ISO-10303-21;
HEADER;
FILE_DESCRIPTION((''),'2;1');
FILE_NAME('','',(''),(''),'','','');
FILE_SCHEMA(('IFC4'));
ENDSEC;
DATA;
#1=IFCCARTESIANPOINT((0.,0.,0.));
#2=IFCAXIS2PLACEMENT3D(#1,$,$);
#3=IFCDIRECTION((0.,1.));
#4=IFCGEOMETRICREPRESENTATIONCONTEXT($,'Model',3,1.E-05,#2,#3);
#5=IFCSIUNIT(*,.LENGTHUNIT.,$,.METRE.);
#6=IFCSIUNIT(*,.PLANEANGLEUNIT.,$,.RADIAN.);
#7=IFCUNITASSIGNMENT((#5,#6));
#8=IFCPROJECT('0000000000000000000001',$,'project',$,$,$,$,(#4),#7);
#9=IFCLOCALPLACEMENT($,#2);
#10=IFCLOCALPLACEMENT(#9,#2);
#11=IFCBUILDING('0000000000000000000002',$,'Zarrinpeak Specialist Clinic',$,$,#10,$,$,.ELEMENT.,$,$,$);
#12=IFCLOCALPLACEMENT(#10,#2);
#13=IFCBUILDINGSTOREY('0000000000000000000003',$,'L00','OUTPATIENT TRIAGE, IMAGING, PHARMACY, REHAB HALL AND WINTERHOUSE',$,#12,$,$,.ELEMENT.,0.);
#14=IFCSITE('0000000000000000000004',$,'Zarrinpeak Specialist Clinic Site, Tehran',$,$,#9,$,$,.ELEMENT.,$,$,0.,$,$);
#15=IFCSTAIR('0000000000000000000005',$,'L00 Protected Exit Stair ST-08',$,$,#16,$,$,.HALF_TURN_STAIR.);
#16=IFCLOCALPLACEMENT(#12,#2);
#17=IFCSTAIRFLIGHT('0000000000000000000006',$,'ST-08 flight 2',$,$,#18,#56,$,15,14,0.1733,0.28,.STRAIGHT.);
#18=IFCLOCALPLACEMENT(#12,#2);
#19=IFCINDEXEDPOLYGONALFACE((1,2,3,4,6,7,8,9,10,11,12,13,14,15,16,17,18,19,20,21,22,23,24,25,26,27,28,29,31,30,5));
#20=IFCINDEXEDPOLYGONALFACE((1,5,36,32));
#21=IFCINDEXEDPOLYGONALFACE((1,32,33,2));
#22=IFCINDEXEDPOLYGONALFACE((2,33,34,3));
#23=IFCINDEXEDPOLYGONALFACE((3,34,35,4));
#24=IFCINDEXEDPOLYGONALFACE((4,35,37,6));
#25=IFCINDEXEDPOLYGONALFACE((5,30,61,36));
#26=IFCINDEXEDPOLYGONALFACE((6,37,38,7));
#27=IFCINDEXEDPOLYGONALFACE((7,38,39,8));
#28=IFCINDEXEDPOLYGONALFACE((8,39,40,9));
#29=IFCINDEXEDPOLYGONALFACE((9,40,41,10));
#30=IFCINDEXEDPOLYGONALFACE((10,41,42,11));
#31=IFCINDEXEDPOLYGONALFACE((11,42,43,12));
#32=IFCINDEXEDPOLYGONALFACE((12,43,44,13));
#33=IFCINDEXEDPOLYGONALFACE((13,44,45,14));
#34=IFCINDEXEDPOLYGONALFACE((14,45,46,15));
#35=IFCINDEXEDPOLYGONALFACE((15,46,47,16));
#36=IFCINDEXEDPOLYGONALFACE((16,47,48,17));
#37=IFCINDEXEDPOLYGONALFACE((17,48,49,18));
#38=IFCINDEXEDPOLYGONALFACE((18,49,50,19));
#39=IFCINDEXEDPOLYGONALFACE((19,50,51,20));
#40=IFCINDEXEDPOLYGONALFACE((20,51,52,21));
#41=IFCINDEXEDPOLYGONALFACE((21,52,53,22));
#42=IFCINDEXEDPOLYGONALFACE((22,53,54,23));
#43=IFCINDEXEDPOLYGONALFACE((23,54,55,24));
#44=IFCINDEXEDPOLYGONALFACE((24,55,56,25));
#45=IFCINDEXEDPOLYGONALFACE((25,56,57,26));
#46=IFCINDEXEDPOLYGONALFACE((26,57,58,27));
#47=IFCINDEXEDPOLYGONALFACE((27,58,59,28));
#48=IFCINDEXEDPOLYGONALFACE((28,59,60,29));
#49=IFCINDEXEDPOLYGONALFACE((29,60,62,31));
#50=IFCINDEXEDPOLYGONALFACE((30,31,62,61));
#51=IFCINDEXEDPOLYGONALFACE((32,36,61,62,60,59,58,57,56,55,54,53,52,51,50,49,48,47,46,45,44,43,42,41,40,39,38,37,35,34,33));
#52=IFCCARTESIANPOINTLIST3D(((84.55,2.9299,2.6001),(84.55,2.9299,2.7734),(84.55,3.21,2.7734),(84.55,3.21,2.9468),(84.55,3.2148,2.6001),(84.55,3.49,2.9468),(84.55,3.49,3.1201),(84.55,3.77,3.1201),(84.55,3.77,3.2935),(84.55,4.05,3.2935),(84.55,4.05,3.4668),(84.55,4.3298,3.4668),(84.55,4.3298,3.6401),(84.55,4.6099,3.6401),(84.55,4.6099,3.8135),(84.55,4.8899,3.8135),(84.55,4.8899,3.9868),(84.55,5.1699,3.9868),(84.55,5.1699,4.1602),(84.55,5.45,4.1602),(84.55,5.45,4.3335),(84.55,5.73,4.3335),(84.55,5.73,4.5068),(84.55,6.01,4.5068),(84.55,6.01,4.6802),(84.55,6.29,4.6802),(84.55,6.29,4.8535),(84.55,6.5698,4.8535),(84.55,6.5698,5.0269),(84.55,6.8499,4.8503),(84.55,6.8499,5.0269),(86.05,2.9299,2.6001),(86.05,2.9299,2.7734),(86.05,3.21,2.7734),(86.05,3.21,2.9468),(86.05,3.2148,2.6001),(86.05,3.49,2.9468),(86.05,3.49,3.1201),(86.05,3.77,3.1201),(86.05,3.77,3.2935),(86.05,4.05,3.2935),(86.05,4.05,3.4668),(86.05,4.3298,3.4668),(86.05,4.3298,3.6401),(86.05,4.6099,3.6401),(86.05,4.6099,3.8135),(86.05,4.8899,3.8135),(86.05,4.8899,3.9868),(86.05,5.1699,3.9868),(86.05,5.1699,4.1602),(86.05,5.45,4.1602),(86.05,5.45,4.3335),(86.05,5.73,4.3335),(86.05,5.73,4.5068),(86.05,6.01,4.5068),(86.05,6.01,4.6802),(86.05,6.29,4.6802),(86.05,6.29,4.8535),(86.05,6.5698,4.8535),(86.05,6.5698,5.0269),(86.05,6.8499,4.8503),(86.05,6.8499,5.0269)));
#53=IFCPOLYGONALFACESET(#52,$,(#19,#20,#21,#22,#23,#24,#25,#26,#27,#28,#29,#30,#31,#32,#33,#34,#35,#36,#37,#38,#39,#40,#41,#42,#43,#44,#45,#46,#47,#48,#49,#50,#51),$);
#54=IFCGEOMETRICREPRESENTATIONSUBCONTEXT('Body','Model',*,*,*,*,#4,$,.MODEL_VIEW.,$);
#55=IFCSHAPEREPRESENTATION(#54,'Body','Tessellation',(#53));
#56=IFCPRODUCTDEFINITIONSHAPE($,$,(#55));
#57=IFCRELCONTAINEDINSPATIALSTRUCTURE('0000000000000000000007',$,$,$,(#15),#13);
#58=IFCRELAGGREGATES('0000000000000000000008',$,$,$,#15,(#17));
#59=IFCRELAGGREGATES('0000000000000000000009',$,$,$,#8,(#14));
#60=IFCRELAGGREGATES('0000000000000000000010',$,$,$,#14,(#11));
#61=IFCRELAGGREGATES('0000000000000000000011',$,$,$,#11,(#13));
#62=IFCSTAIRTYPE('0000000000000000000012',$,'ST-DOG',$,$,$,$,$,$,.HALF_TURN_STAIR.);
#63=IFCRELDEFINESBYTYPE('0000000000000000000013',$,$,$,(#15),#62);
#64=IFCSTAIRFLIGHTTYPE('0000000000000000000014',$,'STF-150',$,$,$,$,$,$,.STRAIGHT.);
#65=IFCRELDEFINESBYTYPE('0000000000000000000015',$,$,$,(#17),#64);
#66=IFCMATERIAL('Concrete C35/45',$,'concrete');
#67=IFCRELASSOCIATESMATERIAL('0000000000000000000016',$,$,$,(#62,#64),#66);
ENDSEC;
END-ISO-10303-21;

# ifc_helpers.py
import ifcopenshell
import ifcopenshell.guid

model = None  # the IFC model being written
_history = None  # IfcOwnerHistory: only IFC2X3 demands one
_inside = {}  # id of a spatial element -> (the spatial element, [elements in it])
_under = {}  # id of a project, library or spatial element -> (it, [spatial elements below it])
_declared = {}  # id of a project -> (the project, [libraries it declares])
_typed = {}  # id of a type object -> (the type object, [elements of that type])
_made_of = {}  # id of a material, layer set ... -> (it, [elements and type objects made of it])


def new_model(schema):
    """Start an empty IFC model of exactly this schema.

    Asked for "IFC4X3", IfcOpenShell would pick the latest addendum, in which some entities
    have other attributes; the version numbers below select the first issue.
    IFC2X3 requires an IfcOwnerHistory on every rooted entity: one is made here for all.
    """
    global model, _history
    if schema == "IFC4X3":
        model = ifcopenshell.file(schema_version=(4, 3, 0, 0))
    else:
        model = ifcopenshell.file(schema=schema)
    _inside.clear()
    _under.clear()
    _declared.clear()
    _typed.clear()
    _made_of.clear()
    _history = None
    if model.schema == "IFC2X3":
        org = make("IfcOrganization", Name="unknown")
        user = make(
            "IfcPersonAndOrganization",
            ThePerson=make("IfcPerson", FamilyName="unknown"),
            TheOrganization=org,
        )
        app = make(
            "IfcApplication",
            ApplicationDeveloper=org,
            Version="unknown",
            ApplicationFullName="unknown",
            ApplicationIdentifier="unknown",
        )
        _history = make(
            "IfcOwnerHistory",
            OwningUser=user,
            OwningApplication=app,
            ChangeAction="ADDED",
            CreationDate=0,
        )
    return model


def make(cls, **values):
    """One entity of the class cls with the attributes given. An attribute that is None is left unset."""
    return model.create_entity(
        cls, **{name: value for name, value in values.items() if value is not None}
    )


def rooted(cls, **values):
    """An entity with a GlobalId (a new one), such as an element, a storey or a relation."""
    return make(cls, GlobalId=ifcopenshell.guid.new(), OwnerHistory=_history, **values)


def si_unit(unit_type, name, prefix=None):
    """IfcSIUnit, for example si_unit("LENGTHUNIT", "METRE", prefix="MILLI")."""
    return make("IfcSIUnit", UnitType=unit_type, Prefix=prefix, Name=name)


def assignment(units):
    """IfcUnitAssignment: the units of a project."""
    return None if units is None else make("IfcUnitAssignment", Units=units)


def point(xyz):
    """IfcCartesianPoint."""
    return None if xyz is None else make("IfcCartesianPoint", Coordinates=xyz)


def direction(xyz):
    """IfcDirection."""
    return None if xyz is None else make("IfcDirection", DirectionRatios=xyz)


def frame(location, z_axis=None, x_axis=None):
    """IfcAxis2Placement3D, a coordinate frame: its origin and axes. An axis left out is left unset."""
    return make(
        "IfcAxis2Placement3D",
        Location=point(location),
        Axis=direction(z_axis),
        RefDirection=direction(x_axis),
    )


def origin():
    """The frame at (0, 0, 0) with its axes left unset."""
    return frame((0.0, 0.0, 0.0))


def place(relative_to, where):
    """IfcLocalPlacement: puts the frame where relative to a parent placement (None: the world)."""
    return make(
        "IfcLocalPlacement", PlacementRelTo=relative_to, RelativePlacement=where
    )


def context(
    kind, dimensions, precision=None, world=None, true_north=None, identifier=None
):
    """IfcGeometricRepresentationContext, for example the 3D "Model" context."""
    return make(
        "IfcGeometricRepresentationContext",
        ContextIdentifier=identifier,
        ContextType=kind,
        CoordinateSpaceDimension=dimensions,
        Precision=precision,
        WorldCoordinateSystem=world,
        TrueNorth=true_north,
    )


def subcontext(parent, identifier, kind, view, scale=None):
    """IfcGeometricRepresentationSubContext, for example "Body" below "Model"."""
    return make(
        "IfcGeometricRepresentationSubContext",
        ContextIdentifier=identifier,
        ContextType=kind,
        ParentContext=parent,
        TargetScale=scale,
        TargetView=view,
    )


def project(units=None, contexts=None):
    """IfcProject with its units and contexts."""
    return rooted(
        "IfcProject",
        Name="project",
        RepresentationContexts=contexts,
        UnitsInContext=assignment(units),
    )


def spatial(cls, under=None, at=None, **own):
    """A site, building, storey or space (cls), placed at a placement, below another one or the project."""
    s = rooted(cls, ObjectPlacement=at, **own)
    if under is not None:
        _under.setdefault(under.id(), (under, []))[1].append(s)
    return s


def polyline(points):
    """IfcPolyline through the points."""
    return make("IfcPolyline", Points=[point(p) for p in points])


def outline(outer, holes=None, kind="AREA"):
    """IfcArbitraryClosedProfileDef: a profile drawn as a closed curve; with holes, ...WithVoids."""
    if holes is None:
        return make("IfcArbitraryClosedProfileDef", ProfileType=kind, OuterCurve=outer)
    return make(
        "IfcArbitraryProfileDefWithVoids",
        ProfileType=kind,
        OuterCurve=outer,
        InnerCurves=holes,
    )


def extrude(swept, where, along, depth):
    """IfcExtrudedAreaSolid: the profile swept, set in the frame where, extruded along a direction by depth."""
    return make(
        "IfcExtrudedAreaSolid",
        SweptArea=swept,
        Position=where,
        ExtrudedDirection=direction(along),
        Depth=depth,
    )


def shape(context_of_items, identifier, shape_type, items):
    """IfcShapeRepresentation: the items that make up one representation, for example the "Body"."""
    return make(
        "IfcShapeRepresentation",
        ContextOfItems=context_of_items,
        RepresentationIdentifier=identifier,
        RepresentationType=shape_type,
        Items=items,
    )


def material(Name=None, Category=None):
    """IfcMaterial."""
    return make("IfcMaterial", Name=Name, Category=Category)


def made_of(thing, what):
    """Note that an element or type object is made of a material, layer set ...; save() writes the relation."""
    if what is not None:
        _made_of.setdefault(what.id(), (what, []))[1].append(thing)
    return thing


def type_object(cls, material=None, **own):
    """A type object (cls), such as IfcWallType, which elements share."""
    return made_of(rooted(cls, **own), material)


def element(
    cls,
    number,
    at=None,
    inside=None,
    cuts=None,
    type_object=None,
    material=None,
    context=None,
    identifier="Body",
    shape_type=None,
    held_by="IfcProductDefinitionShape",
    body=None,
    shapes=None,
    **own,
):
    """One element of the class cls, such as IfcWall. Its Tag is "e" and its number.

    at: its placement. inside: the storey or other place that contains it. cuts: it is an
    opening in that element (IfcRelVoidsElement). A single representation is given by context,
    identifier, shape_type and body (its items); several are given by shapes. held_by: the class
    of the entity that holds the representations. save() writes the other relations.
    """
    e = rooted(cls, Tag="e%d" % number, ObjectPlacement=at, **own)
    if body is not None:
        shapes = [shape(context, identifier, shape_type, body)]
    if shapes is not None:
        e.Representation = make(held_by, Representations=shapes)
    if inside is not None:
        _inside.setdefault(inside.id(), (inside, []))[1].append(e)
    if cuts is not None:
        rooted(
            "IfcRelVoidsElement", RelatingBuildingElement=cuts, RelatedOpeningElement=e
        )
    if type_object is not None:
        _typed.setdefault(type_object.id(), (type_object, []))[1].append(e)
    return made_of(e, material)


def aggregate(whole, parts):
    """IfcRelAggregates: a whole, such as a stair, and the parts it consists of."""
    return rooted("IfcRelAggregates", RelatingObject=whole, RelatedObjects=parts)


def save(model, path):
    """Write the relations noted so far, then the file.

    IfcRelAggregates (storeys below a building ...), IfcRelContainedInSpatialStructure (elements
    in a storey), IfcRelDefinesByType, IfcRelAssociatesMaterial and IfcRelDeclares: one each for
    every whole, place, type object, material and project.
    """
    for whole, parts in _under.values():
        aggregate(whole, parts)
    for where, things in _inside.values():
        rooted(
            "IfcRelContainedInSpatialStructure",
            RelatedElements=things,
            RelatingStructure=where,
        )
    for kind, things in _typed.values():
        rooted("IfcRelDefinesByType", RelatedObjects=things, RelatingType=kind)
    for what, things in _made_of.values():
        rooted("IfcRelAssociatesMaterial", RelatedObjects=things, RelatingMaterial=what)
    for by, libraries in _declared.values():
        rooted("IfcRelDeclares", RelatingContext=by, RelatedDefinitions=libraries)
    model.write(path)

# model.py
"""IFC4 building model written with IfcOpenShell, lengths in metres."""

from ifc_helpers import new_model, si_unit, direction, frame, origin, place, context, subcontext, project, spatial, polyline, outline, extrude, material, type_object, element, aggregate, save


model = new_model("IFC4")

# Units and contexts
model_context = context("Model", 3, precision=1e-05, world=origin(), true_north=direction((0.0, 1.0)))
body_context = subcontext(model_context, "Body", "Model", "MODEL_VIEW")
ifc_project = project(units=[si_unit("LENGTHUNIT", "METRE"), si_unit("PLANEANGLEUNIT", "RADIAN")], contexts=[model_context])

# Site, building, storey
site_placement = place(None, origin())
site = spatial("IfcSite", under=ifc_project, at=site_placement, Name="Zarrinpeak Specialist Clinic Site, Tehran", CompositionType="ELEMENT", RefElevation=0.0)
building_placement = place(site_placement, origin())
building = spatial("IfcBuilding", under=site, at=building_placement, Name="Zarrinpeak Specialist Clinic", CompositionType="ELEMENT")
storey_placement = place(building_placement, origin())
storey = spatial("IfcBuildingStorey", under=building, at=storey_placement, Name="L00", Description="OUTPATIENT TRIAGE, IMAGING, PHARMACY, REHAB HALL AND WINTERHOUSE", CompositionType="ELEMENT", Elevation=0.0)

# Stair, stair flight
ifc_material_1 = material(Name="Concrete C35/45", Category="concrete")
stair_type = type_object("IfcStairType", Name="ST-DOG", PredefinedType="HALF_TURN_STAIR", material=ifc_material_1)
stair_placement = place(storey_placement, origin())
stair = element("IfcStair", 1, at=stair_placement, inside=storey, type_object=stair_type, Name="L00 Protected Exit Stair ST-08", PredefinedType="HALF_TURN_STAIR")
stair_flight_type = type_object("IfcStairFlightType", Name="STF-150", PredefinedType="STRAIGHT", material=ifc_material_1)
stair_flight_1_placement = place(storey_placement, frame((85.3, 2.9299, 2.6001), z_axis=(0.0, 0.0, 1.0), x_axis=(0.0, 1.0, 0.0)))
stair_flight_1 = element("IfcStairFlight", 2, at=stair_flight_1_placement, type_object=stair_flight_type, Name="ST-08 flight 2", NumberOfRisers=15, NumberOfTreads=14, PredefinedType="STRAIGHT", RiserHeight=0.1733, TreadLength=0.28, context=body_context, shape_type="SweptSolid", body=[
    extrude(outline(polyline([(0.0, 0.0), (0.0, 0.1733), (0.28, 0.1733), (0.28, 0.3467), (0.5601, 0.3467), (0.5601, 0.52), (0.8401, 0.52), (0.8401, 0.6934), (1.1201, 0.6934), (1.1201, 0.8667), (1.3999, 0.8667), (1.3999, 1.04), (1.6799, 1.04), (1.6799, 1.2134), (1.96, 1.2134), (1.96, 1.3867), (2.24, 1.3867), (2.24, 1.5601), (2.52, 1.5601), (2.52, 1.7334), (2.8, 1.7334), (2.8, 1.9067), (3.0801, 1.9067), (3.0801, 2.0801), (3.3601, 2.0801), (3.3601, 2.2534), (3.6399, 2.2534), (3.6399, 2.4268), (3.9199, 2.4268), (3.9199, 2.6001), (3.9199, 2.2502), (0.2849, 0.0), (0.0, 0.0)])), frame((0.0, 0.75, 0.0), z_axis=(0.0, -1.0, 0.0), x_axis=(1.0, 0.0, 0.0)), (0.0, 0.0, 1.0), 1.5),
])
aggregate(stair, [stair_flight_1])

save(model, "model.ifc")
